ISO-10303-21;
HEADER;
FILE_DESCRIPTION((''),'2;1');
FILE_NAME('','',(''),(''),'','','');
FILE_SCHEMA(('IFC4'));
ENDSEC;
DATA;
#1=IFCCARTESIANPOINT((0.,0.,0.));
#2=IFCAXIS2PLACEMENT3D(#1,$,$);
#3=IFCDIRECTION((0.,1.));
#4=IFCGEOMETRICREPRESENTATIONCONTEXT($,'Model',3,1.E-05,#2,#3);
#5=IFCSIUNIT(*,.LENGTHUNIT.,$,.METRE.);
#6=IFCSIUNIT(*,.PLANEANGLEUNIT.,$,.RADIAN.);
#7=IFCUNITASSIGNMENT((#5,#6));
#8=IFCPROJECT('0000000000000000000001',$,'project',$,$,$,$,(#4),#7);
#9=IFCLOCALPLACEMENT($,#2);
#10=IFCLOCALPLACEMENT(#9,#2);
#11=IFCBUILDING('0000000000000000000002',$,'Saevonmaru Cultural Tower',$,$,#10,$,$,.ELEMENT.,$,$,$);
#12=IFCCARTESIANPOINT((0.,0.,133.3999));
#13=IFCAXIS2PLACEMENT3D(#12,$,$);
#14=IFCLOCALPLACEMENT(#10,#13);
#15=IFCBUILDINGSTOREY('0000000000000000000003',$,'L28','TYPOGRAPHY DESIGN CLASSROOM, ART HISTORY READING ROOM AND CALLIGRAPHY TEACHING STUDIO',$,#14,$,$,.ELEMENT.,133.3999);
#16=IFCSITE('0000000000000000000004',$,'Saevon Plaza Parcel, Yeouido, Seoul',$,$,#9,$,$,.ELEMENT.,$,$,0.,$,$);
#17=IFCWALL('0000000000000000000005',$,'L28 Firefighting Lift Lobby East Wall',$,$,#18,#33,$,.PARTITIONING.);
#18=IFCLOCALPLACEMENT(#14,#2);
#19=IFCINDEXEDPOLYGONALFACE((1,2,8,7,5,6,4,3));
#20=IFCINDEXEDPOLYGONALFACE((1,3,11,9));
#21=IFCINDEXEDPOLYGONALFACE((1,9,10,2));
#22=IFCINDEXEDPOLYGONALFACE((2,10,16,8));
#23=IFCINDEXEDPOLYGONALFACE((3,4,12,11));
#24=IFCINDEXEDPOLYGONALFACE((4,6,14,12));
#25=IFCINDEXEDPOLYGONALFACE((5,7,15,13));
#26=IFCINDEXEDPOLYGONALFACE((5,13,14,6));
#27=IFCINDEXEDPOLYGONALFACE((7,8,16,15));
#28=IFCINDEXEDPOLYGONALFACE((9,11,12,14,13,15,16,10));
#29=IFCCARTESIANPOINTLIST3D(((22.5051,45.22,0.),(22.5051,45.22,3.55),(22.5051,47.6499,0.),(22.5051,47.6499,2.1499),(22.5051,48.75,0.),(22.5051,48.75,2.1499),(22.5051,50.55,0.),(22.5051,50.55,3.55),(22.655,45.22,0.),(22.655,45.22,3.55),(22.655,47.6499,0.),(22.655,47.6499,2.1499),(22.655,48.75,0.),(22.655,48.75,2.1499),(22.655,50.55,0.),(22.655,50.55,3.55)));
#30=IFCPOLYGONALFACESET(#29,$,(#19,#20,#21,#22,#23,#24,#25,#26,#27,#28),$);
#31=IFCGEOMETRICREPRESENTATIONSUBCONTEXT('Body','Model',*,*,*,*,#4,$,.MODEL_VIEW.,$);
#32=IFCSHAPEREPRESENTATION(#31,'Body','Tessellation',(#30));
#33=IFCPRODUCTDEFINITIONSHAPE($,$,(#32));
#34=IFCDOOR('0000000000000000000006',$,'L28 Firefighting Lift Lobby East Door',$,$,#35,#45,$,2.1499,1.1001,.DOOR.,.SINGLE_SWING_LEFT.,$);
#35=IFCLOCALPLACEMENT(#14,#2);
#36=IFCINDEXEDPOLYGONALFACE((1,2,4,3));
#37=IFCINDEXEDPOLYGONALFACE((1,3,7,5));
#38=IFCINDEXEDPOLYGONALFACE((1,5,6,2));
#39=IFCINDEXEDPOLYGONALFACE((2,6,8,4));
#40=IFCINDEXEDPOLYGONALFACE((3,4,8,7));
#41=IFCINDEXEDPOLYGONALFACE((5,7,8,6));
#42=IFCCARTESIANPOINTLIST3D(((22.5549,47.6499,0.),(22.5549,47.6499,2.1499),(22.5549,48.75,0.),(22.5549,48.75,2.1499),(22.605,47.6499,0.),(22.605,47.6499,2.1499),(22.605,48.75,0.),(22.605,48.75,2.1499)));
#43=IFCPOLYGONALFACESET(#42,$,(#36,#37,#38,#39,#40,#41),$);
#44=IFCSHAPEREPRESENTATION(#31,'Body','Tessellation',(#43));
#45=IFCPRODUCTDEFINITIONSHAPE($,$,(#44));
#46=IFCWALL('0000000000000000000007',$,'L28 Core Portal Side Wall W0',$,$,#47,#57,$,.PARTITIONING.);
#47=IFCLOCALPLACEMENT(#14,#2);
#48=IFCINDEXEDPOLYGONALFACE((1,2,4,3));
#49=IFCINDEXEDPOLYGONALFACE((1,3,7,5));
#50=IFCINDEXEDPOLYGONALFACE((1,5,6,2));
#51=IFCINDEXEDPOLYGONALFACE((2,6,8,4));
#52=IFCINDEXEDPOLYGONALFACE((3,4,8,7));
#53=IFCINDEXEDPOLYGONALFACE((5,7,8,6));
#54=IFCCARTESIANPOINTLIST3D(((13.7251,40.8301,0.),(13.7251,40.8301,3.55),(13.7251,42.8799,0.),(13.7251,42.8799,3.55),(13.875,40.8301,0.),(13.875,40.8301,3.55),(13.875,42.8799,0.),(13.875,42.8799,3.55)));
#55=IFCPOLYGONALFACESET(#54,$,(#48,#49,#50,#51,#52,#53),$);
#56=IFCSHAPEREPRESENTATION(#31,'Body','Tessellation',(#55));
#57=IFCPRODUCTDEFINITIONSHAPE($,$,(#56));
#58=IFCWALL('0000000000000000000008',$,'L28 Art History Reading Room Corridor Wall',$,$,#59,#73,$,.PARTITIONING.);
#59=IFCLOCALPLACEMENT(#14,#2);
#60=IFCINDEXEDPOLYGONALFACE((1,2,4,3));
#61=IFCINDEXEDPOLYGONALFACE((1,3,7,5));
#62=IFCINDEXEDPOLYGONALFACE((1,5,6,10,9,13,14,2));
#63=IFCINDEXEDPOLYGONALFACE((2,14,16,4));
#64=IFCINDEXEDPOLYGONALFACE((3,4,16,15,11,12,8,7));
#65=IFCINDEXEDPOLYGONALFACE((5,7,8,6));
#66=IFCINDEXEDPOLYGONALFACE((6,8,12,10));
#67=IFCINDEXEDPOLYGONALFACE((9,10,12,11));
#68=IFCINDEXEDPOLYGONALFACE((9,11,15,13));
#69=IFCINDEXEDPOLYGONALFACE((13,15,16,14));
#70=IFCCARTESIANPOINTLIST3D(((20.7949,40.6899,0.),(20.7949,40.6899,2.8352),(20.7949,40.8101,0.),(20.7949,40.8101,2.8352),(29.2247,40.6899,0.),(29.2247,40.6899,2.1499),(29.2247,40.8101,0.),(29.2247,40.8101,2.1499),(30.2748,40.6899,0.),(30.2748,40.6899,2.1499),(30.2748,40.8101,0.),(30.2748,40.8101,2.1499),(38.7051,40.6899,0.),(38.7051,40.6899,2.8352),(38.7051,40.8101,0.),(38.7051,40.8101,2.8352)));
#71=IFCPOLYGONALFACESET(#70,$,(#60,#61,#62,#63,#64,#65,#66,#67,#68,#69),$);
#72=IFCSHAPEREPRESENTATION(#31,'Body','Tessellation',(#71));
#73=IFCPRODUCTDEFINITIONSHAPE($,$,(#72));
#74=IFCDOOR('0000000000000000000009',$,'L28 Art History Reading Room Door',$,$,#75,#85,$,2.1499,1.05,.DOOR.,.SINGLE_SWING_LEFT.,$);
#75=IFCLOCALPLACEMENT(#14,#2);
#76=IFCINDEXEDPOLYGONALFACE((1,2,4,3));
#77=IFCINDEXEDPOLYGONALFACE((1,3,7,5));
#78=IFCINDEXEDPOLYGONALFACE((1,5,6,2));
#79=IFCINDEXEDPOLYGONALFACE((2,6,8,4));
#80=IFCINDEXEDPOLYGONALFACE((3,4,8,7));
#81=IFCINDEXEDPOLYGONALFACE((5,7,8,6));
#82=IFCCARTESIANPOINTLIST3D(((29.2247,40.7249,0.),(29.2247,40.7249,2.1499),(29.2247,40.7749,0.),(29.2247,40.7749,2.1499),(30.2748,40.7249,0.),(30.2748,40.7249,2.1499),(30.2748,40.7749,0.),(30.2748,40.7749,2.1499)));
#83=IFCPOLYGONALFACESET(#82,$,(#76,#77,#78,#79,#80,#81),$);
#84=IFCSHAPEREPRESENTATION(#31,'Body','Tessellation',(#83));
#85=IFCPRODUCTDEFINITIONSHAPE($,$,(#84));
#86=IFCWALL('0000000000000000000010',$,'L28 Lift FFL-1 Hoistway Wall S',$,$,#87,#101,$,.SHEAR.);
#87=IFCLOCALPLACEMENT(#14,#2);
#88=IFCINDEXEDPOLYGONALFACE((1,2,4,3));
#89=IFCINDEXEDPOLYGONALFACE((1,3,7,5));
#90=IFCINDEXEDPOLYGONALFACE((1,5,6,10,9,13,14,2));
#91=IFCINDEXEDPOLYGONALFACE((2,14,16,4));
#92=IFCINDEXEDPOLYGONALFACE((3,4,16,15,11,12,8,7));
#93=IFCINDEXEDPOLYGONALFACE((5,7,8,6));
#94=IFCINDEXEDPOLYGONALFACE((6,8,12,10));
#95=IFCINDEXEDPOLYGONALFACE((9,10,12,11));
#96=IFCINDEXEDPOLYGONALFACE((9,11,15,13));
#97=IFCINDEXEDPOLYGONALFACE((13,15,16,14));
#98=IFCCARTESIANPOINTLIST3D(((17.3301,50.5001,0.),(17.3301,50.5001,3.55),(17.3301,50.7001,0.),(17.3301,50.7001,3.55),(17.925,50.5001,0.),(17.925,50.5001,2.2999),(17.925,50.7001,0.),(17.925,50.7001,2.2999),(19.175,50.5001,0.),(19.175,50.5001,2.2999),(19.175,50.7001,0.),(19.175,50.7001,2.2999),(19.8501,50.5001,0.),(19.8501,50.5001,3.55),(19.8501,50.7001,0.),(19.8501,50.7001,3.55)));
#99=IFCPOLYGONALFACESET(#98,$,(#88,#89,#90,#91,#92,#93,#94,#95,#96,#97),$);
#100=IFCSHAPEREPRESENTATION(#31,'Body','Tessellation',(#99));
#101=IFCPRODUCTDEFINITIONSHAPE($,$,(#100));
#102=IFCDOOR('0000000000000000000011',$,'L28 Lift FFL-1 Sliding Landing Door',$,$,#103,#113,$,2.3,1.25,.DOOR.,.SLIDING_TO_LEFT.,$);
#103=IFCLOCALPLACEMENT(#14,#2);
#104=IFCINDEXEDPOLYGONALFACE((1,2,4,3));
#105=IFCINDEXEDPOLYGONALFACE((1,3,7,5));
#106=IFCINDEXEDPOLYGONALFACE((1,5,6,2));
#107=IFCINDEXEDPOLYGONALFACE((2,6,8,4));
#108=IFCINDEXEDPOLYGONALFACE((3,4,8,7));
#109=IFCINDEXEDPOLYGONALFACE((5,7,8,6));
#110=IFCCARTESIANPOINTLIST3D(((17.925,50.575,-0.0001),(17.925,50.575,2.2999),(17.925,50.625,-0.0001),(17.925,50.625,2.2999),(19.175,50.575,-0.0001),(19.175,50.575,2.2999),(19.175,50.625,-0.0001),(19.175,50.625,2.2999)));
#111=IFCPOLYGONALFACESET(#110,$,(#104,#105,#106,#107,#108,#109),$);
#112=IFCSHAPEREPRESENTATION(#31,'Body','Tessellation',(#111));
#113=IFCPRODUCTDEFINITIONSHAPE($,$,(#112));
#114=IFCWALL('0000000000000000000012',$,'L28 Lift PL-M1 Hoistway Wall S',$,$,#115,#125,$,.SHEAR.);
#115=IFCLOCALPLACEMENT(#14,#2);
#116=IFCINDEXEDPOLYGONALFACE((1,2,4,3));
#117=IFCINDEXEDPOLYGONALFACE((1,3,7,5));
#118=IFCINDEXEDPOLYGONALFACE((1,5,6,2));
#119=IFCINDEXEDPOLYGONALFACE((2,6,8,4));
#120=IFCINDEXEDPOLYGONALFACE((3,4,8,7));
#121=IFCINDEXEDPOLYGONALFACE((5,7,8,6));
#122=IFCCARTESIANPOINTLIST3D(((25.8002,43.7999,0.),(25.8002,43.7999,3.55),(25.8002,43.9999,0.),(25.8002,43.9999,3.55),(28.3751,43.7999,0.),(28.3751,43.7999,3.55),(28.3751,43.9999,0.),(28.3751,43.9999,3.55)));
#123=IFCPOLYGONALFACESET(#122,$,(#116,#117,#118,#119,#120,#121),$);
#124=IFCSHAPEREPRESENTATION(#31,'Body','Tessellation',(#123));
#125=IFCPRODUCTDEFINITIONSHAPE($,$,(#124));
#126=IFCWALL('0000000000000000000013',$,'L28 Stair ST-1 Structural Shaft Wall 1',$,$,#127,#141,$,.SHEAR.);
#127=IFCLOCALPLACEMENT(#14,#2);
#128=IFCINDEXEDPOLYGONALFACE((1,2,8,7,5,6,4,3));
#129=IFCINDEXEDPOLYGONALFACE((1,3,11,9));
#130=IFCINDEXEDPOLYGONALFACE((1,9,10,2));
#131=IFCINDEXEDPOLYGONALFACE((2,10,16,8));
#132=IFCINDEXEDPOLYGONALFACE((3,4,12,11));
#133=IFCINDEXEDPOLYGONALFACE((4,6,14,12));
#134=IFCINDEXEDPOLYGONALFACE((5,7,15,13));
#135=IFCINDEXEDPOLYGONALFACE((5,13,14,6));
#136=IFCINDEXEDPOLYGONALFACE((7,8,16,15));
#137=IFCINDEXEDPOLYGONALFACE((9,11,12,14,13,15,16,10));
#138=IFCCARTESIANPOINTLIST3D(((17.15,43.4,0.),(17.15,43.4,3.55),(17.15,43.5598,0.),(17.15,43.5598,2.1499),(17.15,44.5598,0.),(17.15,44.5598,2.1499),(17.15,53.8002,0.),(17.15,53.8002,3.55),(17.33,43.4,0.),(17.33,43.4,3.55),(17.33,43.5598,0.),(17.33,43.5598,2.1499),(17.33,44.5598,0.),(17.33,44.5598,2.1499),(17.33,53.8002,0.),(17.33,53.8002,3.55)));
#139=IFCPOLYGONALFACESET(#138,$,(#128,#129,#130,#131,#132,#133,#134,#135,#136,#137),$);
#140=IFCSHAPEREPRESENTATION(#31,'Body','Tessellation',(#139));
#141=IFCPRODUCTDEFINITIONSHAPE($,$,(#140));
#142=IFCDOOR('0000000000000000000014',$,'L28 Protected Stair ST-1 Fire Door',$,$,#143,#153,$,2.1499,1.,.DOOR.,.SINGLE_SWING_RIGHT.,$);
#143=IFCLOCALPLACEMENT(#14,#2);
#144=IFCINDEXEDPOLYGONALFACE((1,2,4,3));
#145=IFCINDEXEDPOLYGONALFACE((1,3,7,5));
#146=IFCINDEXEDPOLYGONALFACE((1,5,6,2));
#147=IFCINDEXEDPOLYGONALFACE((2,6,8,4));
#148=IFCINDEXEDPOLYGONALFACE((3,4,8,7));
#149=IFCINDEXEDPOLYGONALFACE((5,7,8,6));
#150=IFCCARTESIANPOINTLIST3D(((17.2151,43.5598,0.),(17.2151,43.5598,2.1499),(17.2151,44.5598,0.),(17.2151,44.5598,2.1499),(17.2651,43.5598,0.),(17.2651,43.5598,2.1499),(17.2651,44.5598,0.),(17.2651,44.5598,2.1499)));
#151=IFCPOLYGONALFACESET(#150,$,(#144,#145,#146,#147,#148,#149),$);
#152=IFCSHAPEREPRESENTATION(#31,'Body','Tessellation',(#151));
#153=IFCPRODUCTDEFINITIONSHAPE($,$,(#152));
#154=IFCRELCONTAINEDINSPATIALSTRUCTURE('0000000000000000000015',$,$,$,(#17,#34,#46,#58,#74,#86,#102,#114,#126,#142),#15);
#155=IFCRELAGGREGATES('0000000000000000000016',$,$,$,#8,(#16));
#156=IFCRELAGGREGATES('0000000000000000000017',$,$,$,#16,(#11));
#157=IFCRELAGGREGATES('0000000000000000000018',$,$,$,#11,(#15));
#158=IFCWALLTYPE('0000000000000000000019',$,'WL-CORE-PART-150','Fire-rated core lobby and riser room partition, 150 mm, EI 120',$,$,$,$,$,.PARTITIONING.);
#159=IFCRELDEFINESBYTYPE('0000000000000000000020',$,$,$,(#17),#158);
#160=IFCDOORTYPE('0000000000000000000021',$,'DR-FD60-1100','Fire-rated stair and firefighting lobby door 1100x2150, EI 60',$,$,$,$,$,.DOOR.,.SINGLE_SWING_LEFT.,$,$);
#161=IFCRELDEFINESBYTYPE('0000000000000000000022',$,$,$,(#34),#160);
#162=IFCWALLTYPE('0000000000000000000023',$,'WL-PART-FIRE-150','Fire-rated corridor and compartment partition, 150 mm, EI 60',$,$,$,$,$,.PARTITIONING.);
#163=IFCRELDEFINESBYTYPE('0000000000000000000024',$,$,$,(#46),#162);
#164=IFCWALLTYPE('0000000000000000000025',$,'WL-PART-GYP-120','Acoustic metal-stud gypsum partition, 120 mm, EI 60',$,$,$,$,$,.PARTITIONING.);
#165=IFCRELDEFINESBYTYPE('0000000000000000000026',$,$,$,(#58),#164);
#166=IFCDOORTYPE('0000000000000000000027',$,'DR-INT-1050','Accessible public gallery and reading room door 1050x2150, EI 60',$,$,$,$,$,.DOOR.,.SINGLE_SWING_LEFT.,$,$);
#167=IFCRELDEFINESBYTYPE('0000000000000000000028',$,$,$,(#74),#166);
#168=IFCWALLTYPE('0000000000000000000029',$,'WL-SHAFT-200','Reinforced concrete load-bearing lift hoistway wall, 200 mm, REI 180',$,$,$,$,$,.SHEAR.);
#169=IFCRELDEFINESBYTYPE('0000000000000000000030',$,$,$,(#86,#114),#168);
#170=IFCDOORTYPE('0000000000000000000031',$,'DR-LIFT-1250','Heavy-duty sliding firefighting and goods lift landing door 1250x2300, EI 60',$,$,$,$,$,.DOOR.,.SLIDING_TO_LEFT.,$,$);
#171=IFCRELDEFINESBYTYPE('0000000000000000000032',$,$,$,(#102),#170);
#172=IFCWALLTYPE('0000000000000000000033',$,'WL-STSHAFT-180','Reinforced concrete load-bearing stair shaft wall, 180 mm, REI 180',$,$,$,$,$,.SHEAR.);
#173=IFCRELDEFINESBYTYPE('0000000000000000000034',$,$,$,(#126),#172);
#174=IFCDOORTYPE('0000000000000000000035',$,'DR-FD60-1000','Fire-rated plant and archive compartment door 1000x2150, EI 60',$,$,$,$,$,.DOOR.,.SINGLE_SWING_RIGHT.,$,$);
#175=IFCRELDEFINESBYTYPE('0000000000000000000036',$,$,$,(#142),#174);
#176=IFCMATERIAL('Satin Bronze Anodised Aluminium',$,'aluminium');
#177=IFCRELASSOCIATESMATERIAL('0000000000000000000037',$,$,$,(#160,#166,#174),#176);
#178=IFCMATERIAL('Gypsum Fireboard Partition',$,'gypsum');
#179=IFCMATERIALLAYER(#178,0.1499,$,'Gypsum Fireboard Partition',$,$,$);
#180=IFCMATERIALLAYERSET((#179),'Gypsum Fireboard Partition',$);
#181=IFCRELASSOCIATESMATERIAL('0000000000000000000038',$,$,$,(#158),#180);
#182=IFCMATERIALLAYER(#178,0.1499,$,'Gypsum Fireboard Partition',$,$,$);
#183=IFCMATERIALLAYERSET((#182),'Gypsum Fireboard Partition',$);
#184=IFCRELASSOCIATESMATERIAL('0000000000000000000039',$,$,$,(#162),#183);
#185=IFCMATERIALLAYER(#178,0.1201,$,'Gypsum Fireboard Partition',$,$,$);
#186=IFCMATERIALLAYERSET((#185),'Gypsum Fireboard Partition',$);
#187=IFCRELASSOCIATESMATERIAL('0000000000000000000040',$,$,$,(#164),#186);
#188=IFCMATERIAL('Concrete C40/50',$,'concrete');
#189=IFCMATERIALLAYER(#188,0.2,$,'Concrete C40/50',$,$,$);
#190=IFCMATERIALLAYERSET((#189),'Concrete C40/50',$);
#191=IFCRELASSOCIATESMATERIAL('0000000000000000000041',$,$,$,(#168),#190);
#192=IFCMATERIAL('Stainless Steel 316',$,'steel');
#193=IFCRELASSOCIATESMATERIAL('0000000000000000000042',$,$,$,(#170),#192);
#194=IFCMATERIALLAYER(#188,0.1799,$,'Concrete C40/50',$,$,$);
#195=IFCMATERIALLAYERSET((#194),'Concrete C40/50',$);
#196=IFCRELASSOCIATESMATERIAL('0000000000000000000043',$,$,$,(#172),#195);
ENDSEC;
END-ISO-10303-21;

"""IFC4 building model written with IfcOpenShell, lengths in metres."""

from ifc_helpers import new_model, si_unit, direction, frame, frame_2d, origin, place, context, subcontext, project, spatial, rectangle, extrude, material, layer, layer_set, type_object, element, fill, save


model = new_model("IFC4")

# Units and contexts
model_context = context("Model", 3, precision=1e-05, world=origin(), true_north=direction((0.0, 1.0)))
body_context = subcontext(model_context, "Body", "Model", "MODEL_VIEW")
ifc_project = project(units=[si_unit("LENGTHUNIT", "METRE"), si_unit("PLANEANGLEUNIT", "RADIAN")], contexts=[model_context])

# Site, building, storey
site_placement = place(None, origin())
site = spatial("IfcSite", under=ifc_project, at=site_placement, Name="Saevon Plaza Parcel, Yeouido, Seoul", CompositionType="ELEMENT", RefElevation=0.0)
building_placement = place(site_placement, origin())
building = spatial("IfcBuilding", under=site, at=building_placement, Name="Saevonmaru Cultural Tower", CompositionType="ELEMENT")
storey_placement = place(building_placement, frame((0.0, 0.0, 133.3999)))
storey = spatial("IfcBuildingStorey", under=building, at=storey_placement, Name="L28", Description="TYPOGRAPHY DESIGN CLASSROOM, ART HISTORY READING ROOM AND CALLIGRAPHY TEACHING STUDIO", CompositionType="ELEMENT", Elevation=133.3999)

# Shared definitions
ifc_material_1 = material(Name="Satin Bronze Anodised Aluminium", Category="aluminium")
door_type_1 = type_object("IfcDoorType", Name="DR-FD60-1100", Description="Fire-rated stair and firefighting lobby door 1100x2150, EI 60", OperationType="SINGLE_SWING_LEFT", PredefinedType="DOOR", material=ifc_material_1)

# Wall, opening, door
ifc_material_2 = material(Name="Gypsum Fireboard Partition", Category="gypsum")
ifc_layer_1 = layer(ifc_material_2, 0.1499, Name="Gypsum Fireboard Partition")
ifc_layer_set_1 = layer_set([ifc_layer_1], Name="Gypsum Fireboard Partition")
wall_type_1 = type_object("IfcWallType", Name="WL-CORE-PART-150", Description="Fire-rated core lobby and riser room partition, 150 mm, EI 120", PredefinedType="PARTITIONING", material=ifc_layer_set_1)
wall_1_placement = place(storey_placement, frame((22.5801, 50.55, 0.0), z_axis=(0.0, 0.0, 1.0), x_axis=(0.0, -1.0, 0.0)))
wall_1 = element("IfcWall", 1, at=wall_1_placement, inside=storey, type_object=wall_type_1, Name="L28 Firefighting Lift Lobby East Wall", PredefinedType="PARTITIONING", context=body_context, shape_type="SweptSolid", body=[
    extrude(rectangle(XDim=5.3301, YDim=0.1499, at=frame_2d((2.665, 0.0))), origin(), (0.0, 0.0, 1.0), 3.55),
])
opening_1_placement = place(wall_1_placement, frame((1.8, 0.0, 0.0)))
opening_1 = element("IfcOpeningElement", 2, at=opening_1_placement, cuts=wall_1, PredefinedType="OPENING", context=body_context, shape_type="SweptSolid", body=[
    extrude(rectangle(XDim=1.1001, YDim=2.1499, at=frame_2d((0.55, 1.075))), frame((0.0, 0.085, 0.0), z_axis=(0.0, -1.0, 0.0), x_axis=(1.0, 0.0, 0.0)), (0.0, 0.0, 1.0), 0.1699),
])
door_1_placement = place(opening_1_placement, origin())
door_1 = element("IfcDoor", 3, at=door_1_placement, inside=storey, type_object=door_type_1, Name="L28 Firefighting Lift Lobby East Door", OperationType="SINGLE_SWING_LEFT", OverallHeight=2.1499, OverallWidth=1.1001, PredefinedType="DOOR", context=body_context, shape_type="SweptSolid", body=[
    extrude(rectangle(XDim=1.1001, YDim=2.1499, at=frame_2d((0.55, 1.075))), frame((0.0, 0.0249, 0.0), z_axis=(0.0, -1.0, 0.0), x_axis=(1.0, 0.0, 0.0)), (0.0, 0.0, 1.0), 0.05),
])
fill(opening_1, door_1)

# Wall
ifc_layer_2 = layer(ifc_material_2, 0.1499, Name="Gypsum Fireboard Partition")
ifc_layer_set_2 = layer_set([ifc_layer_2], Name="Gypsum Fireboard Partition")
wall_type_2 = type_object("IfcWallType", Name="WL-PART-FIRE-150", Description="Fire-rated corridor and compartment partition, 150 mm, EI 60", PredefinedType="PARTITIONING", material=ifc_layer_set_2)
wall_2_placement = place(storey_placement, frame((13.8, 40.8301, 0.0), z_axis=(0.0, 0.0, 1.0), x_axis=(0.0, 1.0, 0.0)))
element("IfcWall", 4, at=wall_2_placement, inside=storey, type_object=wall_type_2, Name="L28 Core Portal Side Wall W0", PredefinedType="PARTITIONING", context=body_context, shape_type="SweptSolid", body=[
    extrude(rectangle(XDim=2.0498, YDim=0.1499, at=frame_2d((1.0249, 0.0))), origin(), (0.0, 0.0, 1.0), 3.55),
])

# Walls, openings, doors
ifc_layer_3 = layer(ifc_material_2, 0.1201, Name="Gypsum Fireboard Partition")
ifc_layer_set_3 = layer_set([ifc_layer_3], Name="Gypsum Fireboard Partition")
wall_type_3 = type_object("IfcWallType", Name="WL-PART-GYP-120", Description="Acoustic metal-stud gypsum partition, 120 mm, EI 60", PredefinedType="PARTITIONING", material=ifc_layer_set_3)
wall_3_placement = place(storey_placement, frame((20.7949, 40.75, 0.0), z_axis=(0.0, 0.0, 1.0), x_axis=(1.0, 0.0, 0.0)))
wall_3 = element("IfcWall", 5, at=wall_3_placement, inside=storey, type_object=wall_type_3, Name="L28 Art History Reading Room Corridor Wall", PredefinedType="PARTITIONING", context=body_context, shape_type="SweptSolid", body=[
    extrude(rectangle(XDim=17.9102, YDim=0.1201, at=frame_2d((8.9551, 0.0))), origin(), (0.0, 0.0, 1.0), 2.8352),
])
opening_2_placement = place(wall_3_placement, frame((8.4299, 0.0, 0.0)))
opening_2 = element("IfcOpeningElement", 6, at=opening_2_placement, cuts=wall_3, PredefinedType="OPENING", context=body_context, shape_type="SweptSolid", body=[
    extrude(rectangle(XDim=1.05, YDim=2.1499, at=frame_2d((0.5249, 1.075))), frame((0.0, 0.0701, 0.0), z_axis=(0.0, -1.0, 0.0), x_axis=(1.0, 0.0, 0.0)), (0.0, 0.0, 1.0), 0.1401),
])
door_type_2 = type_object("IfcDoorType", Name="DR-INT-1050", Description="Accessible public gallery and reading room door 1050x2150, EI 60", OperationType="SINGLE_SWING_LEFT", PredefinedType="DOOR", material=ifc_material_1)
door_2_placement = place(opening_2_placement, origin())
door_2 = element("IfcDoor", 7, at=door_2_placement, inside=storey, type_object=door_type_2, Name="L28 Art History Reading Room Door", OperationType="SINGLE_SWING_LEFT", OverallHeight=2.1499, OverallWidth=1.05, PredefinedType="DOOR", context=body_context, shape_type="SweptSolid", body=[
    extrude(rectangle(XDim=1.05, YDim=2.1499, at=frame_2d((0.5249, 1.075))), frame((0.0, 0.0249, 0.0), z_axis=(0.0, -1.0, 0.0), x_axis=(1.0, 0.0, 0.0)), (0.0, 0.0, 1.0), 0.05),
])
fill(opening_2, door_2)
ifc_material_3 = material(Name="Concrete C40/50", Category="concrete")
ifc_layer_4 = layer(ifc_material_3, 0.2, Name="Concrete C40/50")
ifc_layer_set_4 = layer_set([ifc_layer_4], Name="Concrete C40/50")
wall_type_4 = type_object("IfcWallType", Name="WL-SHAFT-200", Description="Reinforced concrete load-bearing lift hoistway wall, 200 mm, REI 180", PredefinedType="SHEAR", material=ifc_layer_set_4)
wall_4_placement = place(storey_placement, frame((17.3301, 50.6001, 0.0), z_axis=(0.0, 0.0, 1.0), x_axis=(1.0, 0.0, 0.0)))
wall_4 = element("IfcWall", 8, at=wall_4_placement, inside=storey, type_object=wall_type_4, Name="L28 Lift FFL-1 Hoistway Wall S", PredefinedType="SHEAR", context=body_context, shape_type="SweptSolid", body=[
    extrude(rectangle(XDim=2.52, YDim=0.2, at=frame_2d((1.26, 0.0))), origin(), (0.0, 0.0, 1.0), 3.55),
])
opening_3_placement = place(wall_4_placement, frame((0.595, 0.0, 0.0)))
opening_3 = element("IfcOpeningElement", 9, at=opening_3_placement, cuts=wall_4, PredefinedType="OPENING", context=body_context, shape_type="SweptSolid", body=[
    extrude(rectangle(XDim=1.25, YDim=2.3, at=frame_2d((0.625, 1.1499))), frame((0.0, 0.1099, 0.0), z_axis=(0.0, -1.0, 0.0), x_axis=(1.0, 0.0, 0.0)), (0.0, 0.0, 1.0), 0.22),
])
ifc_material_4 = material(Name="Stainless Steel 316", Category="steel")
door_type_3 = type_object("IfcDoorType", Name="DR-LIFT-1250", Description="Heavy-duty sliding firefighting and goods lift landing door 1250x2300, EI 60", OperationType="SLIDING_TO_LEFT", PredefinedType="DOOR", material=ifc_material_4)
door_3_placement = place(opening_3_placement, origin())
door_3 = element("IfcDoor", 10, at=door_3_placement, inside=storey, type_object=door_type_3, Name="L28 Lift FFL-1 Sliding Landing Door", OperationType="SLIDING_TO_LEFT", OverallHeight=2.3, OverallWidth=1.25, PredefinedType="DOOR", context=body_context, shape_type="SweptSolid", body=[
    extrude(rectangle(XDim=1.25, YDim=2.3, at=frame_2d((0.625, 1.1499))), frame((0.0, 0.0249, 0.0), z_axis=(0.0, -1.0, 0.0), x_axis=(1.0, 0.0, 0.0)), (0.0, 0.0, 1.0), 0.05),
])
fill(opening_3, door_3)

# Wall
wall_5_placement = place(storey_placement, frame((25.8, 43.8999, 0.0), z_axis=(0.0, 0.0, 1.0), x_axis=(1.0, 0.0, 0.0)))
element("IfcWall", 11, at=wall_5_placement, inside=storey, type_object=wall_type_4, Name="L28 Lift PL-M1 Hoistway Wall S", PredefinedType="SHEAR", context=body_context, shape_type="SweptSolid", body=[
    extrude(rectangle(XDim=2.575, YDim=0.2, at=frame_2d((1.2876, 0.0))), origin(), (0.0, 0.0, 1.0), 3.55),
])

# Wall, opening, door
ifc_layer_5 = layer(ifc_material_3, 0.1799, Name="Concrete C40/50")
ifc_layer_set_5 = layer_set([ifc_layer_5], Name="Concrete C40/50")
wall_type_5 = type_object("IfcWallType", Name="WL-STSHAFT-180", Description="Reinforced concrete load-bearing stair shaft wall, 180 mm, REI 180", PredefinedType="SHEAR", material=ifc_layer_set_5)
wall_6_placement = place(storey_placement, frame((17.24, 43.3999, 0.0), z_axis=(0.0, 0.0, 1.0), x_axis=(0.0, 1.0, 0.0)))
wall_6 = element("IfcWall", 12, at=wall_6_placement, inside=storey, type_object=wall_type_5, Name="L28 Stair ST-1 Structural Shaft Wall 1", PredefinedType="SHEAR", context=body_context, shape_type="SweptSolid", body=[
    extrude(rectangle(XDim=10.4001, YDim=0.1799, at=frame_2d((5.2002, 0.0))), origin(), (0.0, 0.0, 1.0), 3.55),
])
opening_4_placement = place(wall_6_placement, frame((0.1599, 0.0, 0.0)))
opening_4 = element("IfcOpeningElement", 13, at=opening_4_placement, cuts=wall_6, PredefinedType="OPENING", context=body_context, shape_type="SweptSolid", body=[
    extrude(rectangle(XDim=1.0, YDim=2.1499, at=frame_2d((0.5, 1.075))), frame((0.0, 0.1001, 0.0), z_axis=(0.0, -1.0, 0.0), x_axis=(1.0, 0.0, 0.0)), (0.0, 0.0, 1.0), 0.2),
])
door_type_4 = type_object("IfcDoorType", Name="DR-FD60-1000", Description="Fire-rated plant and archive compartment door 1000x2150, EI 60", OperationType="SINGLE_SWING_RIGHT", PredefinedType="DOOR", material=ifc_material_1)
door_4_placement = place(opening_4_placement, origin())
door_4 = element("IfcDoor", 14, at=door_4_placement, inside=storey, type_object=door_type_4, Name="L28 Protected Stair ST-1 Fire Door", OperationType="SINGLE_SWING_RIGHT", OverallHeight=2.1499, OverallWidth=1.0, PredefinedType="DOOR", context=body_context, shape_type="SweptSolid", body=[
    extrude(rectangle(XDim=1.0, YDim=2.1499, at=frame_2d((0.5, 1.075))), frame((0.0, 0.0249, 0.0), z_axis=(0.0, -1.0, 0.0), x_axis=(1.0, 0.0, 0.0)), (0.0, 0.0, 1.0), 0.05),
])
fill(opening_4, door_4)

save(model, "model.ifc")
